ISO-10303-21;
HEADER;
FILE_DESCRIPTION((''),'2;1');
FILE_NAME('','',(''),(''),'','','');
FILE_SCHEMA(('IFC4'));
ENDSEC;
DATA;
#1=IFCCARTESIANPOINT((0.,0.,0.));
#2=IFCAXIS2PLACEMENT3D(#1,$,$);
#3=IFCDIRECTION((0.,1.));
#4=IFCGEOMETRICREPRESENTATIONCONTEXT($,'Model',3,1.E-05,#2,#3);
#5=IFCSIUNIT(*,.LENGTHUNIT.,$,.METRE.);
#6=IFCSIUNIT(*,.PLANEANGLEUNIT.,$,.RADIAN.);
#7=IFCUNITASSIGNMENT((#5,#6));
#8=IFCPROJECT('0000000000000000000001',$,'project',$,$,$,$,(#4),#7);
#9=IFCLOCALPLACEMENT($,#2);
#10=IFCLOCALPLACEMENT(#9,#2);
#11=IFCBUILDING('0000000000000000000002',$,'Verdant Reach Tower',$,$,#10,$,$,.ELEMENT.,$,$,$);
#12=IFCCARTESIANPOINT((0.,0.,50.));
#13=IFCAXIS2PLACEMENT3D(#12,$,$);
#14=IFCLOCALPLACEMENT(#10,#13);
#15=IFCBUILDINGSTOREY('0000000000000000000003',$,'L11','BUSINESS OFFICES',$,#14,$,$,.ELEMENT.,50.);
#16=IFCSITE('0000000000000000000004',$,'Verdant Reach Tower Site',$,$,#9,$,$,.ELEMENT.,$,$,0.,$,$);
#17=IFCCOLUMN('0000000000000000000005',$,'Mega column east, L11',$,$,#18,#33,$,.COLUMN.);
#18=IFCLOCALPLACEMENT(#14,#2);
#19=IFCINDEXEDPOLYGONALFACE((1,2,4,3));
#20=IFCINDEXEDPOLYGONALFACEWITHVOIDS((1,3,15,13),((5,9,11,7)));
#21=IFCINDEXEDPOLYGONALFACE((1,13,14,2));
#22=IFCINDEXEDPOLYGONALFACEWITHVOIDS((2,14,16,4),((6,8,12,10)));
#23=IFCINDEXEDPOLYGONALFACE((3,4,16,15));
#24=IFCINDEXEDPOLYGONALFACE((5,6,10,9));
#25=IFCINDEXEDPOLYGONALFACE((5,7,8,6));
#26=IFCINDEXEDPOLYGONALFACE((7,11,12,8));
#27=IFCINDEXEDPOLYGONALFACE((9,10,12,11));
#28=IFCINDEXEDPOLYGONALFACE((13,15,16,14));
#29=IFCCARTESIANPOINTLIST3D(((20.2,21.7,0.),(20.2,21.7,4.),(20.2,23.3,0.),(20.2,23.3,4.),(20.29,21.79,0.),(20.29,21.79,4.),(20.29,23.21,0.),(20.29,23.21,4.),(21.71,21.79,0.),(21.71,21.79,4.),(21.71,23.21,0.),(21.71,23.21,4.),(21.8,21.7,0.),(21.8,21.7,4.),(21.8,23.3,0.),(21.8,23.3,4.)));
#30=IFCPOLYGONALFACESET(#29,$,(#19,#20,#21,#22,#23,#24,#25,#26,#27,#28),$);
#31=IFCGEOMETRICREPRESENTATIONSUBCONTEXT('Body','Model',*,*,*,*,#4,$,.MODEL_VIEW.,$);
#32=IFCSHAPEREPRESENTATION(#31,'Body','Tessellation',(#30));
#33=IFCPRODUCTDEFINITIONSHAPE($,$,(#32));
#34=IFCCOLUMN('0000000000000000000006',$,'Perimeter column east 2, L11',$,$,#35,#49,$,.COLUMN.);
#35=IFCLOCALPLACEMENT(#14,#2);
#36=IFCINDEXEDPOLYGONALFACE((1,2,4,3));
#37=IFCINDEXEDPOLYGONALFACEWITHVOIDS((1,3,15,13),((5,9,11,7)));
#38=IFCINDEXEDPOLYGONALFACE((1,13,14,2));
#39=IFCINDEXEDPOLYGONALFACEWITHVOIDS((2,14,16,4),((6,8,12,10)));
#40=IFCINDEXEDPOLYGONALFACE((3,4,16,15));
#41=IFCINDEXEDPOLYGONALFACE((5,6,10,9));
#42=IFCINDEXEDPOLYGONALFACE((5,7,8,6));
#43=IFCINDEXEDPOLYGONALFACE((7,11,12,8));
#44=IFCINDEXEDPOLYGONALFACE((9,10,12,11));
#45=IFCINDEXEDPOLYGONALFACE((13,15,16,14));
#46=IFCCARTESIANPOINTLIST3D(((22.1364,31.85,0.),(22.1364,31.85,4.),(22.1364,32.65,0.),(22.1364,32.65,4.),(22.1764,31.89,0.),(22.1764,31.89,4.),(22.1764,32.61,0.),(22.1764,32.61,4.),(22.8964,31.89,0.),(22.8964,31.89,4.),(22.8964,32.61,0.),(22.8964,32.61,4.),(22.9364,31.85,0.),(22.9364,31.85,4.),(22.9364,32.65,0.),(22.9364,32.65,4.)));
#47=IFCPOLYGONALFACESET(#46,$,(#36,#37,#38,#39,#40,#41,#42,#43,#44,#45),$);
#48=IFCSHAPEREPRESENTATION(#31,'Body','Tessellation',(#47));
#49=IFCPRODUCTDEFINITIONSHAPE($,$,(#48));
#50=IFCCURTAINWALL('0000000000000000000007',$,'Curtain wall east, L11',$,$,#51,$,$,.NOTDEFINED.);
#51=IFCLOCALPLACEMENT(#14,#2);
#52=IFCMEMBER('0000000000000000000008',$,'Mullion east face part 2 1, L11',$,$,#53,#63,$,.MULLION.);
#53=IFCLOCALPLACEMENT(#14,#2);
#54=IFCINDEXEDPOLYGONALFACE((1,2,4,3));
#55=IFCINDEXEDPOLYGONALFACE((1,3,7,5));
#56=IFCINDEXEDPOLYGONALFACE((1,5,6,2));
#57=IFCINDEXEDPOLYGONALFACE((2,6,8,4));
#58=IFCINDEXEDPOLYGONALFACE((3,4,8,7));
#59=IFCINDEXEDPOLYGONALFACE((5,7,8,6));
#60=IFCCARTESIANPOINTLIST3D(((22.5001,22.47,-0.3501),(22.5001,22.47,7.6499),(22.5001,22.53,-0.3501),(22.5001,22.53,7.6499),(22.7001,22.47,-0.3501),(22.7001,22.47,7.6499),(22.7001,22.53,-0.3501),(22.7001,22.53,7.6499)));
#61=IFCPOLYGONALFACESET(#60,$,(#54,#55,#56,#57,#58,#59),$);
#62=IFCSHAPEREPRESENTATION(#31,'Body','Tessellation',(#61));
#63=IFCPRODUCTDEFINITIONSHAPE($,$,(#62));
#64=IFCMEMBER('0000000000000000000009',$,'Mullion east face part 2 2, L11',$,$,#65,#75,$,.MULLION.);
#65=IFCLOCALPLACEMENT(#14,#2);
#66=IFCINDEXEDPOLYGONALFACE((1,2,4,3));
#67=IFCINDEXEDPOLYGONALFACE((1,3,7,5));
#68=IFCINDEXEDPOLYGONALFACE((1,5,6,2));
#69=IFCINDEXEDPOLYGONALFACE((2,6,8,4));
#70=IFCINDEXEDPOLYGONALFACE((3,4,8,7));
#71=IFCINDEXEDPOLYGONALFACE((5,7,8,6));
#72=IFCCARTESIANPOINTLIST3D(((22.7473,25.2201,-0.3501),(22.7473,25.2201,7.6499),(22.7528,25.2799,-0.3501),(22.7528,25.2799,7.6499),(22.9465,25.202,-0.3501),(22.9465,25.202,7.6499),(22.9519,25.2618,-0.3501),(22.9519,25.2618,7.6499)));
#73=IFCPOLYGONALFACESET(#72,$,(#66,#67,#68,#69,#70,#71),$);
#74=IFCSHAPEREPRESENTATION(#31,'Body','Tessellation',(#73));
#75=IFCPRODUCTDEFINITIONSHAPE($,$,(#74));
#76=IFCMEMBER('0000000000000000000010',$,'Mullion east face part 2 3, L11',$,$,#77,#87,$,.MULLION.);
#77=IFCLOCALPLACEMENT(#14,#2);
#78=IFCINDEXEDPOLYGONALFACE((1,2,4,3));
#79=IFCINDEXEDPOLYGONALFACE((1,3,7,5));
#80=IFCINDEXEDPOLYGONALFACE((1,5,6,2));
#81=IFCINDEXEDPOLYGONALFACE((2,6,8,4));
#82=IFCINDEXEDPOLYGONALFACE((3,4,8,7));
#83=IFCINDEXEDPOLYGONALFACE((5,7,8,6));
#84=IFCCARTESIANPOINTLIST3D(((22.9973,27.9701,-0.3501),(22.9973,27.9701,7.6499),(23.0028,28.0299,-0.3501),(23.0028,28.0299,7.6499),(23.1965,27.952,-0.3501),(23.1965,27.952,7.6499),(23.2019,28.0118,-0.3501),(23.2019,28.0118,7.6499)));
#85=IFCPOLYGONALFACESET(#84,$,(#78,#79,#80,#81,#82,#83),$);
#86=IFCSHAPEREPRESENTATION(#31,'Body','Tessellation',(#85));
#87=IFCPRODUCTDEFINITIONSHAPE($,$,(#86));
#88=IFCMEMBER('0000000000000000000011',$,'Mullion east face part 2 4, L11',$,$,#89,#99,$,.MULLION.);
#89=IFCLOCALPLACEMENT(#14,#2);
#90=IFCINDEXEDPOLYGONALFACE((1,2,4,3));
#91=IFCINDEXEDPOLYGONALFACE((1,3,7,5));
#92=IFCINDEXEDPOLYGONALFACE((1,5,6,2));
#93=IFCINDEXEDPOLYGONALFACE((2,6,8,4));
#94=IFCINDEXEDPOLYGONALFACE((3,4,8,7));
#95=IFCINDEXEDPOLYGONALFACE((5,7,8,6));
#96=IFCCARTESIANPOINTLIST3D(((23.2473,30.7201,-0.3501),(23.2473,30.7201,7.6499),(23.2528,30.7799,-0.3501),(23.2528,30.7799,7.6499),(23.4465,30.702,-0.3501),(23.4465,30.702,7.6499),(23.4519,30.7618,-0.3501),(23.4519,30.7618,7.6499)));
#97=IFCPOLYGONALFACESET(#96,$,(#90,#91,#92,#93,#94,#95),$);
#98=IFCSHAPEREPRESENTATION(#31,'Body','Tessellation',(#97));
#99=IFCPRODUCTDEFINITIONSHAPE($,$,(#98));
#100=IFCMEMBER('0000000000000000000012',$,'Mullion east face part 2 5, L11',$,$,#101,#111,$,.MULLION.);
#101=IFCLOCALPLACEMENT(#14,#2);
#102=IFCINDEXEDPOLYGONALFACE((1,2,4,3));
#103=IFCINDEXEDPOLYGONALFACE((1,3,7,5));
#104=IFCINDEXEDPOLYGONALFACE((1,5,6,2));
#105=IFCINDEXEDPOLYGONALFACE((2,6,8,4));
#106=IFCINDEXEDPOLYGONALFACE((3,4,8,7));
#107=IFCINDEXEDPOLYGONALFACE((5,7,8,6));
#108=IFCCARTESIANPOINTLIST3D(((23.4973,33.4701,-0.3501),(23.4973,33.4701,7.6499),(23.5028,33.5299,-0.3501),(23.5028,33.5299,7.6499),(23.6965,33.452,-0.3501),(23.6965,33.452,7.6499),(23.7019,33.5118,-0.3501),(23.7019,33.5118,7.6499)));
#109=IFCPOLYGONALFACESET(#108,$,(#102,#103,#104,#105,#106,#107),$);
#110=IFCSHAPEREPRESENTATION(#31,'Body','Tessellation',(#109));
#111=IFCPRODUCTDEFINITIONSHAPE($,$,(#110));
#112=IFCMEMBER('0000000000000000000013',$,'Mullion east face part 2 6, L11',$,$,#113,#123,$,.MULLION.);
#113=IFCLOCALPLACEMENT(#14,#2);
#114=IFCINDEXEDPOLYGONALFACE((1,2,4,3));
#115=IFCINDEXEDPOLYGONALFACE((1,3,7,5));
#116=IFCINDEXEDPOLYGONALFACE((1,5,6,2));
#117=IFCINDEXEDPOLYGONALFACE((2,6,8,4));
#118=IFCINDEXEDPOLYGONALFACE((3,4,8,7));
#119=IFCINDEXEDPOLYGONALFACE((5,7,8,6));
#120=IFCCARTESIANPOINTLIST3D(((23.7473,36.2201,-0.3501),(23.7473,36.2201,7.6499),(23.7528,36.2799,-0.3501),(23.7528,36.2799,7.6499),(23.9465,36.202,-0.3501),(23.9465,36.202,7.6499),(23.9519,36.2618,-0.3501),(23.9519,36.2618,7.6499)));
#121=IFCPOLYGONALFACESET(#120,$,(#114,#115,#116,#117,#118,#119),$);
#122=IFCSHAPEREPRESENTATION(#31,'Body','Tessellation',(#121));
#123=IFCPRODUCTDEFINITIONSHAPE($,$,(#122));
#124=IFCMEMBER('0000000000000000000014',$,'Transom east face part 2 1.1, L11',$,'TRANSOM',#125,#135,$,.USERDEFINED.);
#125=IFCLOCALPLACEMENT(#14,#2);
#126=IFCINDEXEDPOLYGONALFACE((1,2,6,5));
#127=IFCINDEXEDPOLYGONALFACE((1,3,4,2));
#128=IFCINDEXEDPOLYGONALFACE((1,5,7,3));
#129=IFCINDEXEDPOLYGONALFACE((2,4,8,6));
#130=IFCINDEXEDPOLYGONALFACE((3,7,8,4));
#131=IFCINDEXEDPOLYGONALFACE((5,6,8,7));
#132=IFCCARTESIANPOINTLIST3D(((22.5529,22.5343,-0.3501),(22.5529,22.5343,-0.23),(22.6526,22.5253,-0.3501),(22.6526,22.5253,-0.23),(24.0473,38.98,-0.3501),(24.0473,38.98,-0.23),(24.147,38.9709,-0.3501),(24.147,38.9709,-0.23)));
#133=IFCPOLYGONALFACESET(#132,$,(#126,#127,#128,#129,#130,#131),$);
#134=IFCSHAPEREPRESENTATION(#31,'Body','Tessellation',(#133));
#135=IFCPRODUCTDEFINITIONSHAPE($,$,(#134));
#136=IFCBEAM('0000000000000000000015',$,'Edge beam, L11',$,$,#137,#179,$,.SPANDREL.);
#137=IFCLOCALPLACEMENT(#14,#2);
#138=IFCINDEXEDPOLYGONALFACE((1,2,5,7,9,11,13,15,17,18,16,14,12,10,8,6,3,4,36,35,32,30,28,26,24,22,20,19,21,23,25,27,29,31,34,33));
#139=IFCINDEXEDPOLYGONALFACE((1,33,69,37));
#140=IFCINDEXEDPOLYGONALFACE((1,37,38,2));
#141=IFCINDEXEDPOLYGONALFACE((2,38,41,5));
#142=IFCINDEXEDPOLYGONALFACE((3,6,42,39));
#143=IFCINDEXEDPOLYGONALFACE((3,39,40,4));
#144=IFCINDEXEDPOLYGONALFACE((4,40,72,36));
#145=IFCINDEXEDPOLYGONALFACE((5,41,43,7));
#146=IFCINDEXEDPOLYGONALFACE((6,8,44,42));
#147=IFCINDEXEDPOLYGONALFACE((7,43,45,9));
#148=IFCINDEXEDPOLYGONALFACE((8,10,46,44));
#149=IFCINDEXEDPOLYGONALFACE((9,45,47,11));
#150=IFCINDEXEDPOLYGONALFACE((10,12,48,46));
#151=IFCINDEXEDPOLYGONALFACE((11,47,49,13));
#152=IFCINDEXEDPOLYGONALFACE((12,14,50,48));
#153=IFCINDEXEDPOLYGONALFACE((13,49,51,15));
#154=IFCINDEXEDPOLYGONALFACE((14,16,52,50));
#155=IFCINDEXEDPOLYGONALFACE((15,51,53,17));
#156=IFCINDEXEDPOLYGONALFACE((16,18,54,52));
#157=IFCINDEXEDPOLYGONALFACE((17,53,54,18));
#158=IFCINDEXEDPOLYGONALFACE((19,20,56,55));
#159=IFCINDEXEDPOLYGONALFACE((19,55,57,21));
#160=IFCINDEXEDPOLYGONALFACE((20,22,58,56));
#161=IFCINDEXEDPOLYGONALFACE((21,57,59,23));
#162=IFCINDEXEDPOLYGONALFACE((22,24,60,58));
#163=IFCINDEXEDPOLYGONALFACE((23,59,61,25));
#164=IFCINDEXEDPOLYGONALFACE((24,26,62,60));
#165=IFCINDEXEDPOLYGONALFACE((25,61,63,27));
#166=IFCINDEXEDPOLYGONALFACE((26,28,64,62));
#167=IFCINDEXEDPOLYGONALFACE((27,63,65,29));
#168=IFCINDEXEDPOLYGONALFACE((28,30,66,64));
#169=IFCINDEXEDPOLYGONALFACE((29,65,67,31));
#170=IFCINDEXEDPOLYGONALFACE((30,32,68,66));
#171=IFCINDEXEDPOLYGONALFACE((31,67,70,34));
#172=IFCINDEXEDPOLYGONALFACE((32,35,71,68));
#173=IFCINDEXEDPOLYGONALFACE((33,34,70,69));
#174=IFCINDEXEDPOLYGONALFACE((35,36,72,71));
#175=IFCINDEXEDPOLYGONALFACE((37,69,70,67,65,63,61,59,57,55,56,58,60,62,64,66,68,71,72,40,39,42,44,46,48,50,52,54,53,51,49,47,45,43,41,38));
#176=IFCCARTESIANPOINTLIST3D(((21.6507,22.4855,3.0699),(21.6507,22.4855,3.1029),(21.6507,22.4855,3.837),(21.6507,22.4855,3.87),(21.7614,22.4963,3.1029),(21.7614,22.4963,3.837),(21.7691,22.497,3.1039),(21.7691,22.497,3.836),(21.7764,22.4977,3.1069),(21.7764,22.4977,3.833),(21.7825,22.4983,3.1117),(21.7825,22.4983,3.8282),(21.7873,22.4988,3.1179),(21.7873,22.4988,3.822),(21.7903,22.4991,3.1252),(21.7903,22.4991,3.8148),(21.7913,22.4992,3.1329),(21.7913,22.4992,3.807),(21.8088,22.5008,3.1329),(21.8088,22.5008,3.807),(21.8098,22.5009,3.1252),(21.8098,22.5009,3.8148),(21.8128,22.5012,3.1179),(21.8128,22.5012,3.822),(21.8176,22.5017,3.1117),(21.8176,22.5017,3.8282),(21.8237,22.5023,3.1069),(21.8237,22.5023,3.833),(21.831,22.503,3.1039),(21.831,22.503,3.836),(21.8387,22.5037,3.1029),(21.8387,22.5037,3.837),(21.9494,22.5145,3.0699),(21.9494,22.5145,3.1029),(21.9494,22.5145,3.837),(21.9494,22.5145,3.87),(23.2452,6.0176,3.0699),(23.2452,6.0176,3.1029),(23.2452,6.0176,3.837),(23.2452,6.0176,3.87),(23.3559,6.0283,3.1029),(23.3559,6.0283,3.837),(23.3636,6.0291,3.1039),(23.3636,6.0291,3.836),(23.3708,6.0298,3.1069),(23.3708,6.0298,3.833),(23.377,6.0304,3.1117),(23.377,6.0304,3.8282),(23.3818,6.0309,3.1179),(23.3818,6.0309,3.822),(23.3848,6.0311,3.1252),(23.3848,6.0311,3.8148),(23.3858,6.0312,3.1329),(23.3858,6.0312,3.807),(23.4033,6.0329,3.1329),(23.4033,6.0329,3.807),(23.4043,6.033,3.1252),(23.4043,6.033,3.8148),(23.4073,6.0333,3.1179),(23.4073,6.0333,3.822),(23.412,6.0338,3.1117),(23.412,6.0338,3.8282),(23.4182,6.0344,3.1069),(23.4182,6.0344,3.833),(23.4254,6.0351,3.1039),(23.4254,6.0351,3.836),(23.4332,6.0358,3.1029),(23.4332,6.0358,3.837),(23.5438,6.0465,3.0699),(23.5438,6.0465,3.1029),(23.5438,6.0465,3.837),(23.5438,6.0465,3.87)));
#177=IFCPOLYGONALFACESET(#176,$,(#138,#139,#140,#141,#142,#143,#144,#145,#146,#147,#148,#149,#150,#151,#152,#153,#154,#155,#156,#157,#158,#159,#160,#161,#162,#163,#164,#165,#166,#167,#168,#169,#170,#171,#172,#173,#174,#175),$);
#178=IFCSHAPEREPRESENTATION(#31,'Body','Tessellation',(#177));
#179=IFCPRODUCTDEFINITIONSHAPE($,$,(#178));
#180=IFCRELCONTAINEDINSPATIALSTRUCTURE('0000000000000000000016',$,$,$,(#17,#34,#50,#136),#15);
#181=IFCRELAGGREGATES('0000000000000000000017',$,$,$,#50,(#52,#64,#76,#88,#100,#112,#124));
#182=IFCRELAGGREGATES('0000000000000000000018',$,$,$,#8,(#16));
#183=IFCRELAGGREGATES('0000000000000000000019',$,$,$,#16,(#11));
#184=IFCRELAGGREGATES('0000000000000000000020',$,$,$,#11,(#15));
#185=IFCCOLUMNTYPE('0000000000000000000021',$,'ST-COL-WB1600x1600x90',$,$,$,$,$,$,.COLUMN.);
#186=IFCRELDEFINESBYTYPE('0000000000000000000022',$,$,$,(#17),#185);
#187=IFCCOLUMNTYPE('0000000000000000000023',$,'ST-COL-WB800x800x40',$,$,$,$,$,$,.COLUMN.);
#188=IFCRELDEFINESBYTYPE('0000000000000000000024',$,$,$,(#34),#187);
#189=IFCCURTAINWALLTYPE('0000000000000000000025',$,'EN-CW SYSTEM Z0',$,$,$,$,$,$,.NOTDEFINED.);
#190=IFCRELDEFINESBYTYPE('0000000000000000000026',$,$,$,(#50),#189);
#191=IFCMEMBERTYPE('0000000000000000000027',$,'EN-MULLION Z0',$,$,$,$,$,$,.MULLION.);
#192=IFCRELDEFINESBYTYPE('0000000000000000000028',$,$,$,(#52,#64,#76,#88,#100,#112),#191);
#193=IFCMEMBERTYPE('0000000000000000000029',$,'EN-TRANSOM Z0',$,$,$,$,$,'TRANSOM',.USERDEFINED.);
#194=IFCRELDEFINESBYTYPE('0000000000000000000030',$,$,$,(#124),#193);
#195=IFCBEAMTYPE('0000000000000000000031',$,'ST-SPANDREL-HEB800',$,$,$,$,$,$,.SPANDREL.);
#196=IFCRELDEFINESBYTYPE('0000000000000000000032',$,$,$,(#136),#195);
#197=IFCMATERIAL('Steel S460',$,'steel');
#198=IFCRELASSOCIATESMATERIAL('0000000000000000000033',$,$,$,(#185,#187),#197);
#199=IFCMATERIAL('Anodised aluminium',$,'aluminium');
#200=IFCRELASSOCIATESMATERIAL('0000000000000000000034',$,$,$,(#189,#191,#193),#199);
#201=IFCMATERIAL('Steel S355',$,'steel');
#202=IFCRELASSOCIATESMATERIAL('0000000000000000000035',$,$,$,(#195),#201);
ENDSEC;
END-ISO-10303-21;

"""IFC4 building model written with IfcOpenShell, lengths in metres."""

from ifc_helpers import new_model, si_unit, direction, frame, origin, origin_2d, place, context, subcontext, project, spatial, rectangle, hollow_rectangle, i_section, extrude, material, material_profile, profile_set, type_object, element, aggregate, save


model = new_model("IFC4")

# Units and contexts
model_context = context("Model", 3, precision=1e-05, world=origin(), true_north=direction((0.0, 1.0)))
body_context = subcontext(model_context, "Body", "Model", "MODEL_VIEW")
ifc_project = project(units=[si_unit("LENGTHUNIT", "METRE"), si_unit("PLANEANGLEUNIT", "RADIAN")], contexts=[model_context])

# Site, building, storey
site_placement = place(None, origin())
site = spatial("IfcSite", under=ifc_project, at=site_placement, Name="Verdant Reach Tower Site", CompositionType="ELEMENT", RefElevation=0.0)
building_placement = place(site_placement, origin())
building = spatial("IfcBuilding", under=site, at=building_placement, Name="Verdant Reach Tower", CompositionType="ELEMENT")
storey_placement = place(building_placement, frame((0.0, 0.0, 50.0)))
storey = spatial("IfcBuildingStorey", under=building, at=storey_placement, Name="L11", Description="BUSINESS OFFICES", CompositionType="ELEMENT", Elevation=50.0)

# Columns
ifc_material_1 = material(Name="Steel S460", Category="steel")
ifc_material_profile_1 = material_profile(ifc_material_1, hollow_rectangle(XDim=1.6001, YDim=1.6001, WallThickness=0.0901, at=origin_2d()), Name="WB 1600x1600x90")
ifc_profile_set_1 = profile_set([ifc_material_profile_1], Name="Steel S460")
column_type_1 = type_object("IfcColumnType", Name="ST-COL-WB1600x1600x90", PredefinedType="COLUMN", material=ifc_profile_set_1)
column_1_placement = place(storey_placement, frame((21.0, 22.5, 0.0), z_axis=(0.0, 0.0, 1.0), x_axis=(1.0, 0.0, 0.0)))
element("IfcColumn", 1, at=column_1_placement, inside=storey, type_object=column_type_1, Name="Mega column east, L11", PredefinedType="COLUMN", context=body_context, shape_type="SweptSolid", body=[
    extrude(hollow_rectangle(XDim=1.6001, YDim=1.6001, WallThickness=0.0901, at=origin_2d()), origin(), (0.0, 0.0, 1.0), 4.0),
])
ifc_material_profile_2 = material_profile(ifc_material_1, hollow_rectangle(XDim=0.8, YDim=0.8, WallThickness=0.04, at=origin_2d()), Name="WB 800x800x40")
ifc_profile_set_2 = profile_set([ifc_material_profile_2], Name="Steel S460")
column_type_2 = type_object("IfcColumnType", Name="ST-COL-WB800x800x40", PredefinedType="COLUMN", material=ifc_profile_set_2)
column_2_placement = place(storey_placement, frame((22.5364, 32.25, 0.0), z_axis=(0.0, 0.0, 1.0), x_axis=(1.0, 0.0, 0.0)))
element("IfcColumn", 2, at=column_2_placement, inside=storey, type_object=column_type_2, Name="Perimeter column east 2, L11", PredefinedType="COLUMN", context=body_context, shape_type="SweptSolid", body=[
    extrude(hollow_rectangle(XDim=0.8, YDim=0.8, WallThickness=0.04, at=origin_2d()), origin(), (0.0, 0.0, 1.0), 4.0),
])

# Curtain wall, members
ifc_material_2 = material(Name="Anodised aluminium", Category="aluminium")
curtain_wall_type = type_object("IfcCurtainWallType", Name="EN-CW SYSTEM Z0", PredefinedType="NOTDEFINED", material=ifc_material_2)
curtain_wall_placement = place(storey_placement, origin())
curtain_wall = element("IfcCurtainWall", 3, at=curtain_wall_placement, inside=storey, type_object=curtain_wall_type, Name="Curtain wall east, L11", PredefinedType="NOTDEFINED")
ifc_material_profile_3 = material_profile(ifc_material_2, rectangle(XDim=0.2, YDim=0.0601, at=origin_2d()), Name="Mullion 60x200")
ifc_profile_set_3 = profile_set([ifc_material_profile_3], Name="Anodised aluminium")
member_type_1 = type_object("IfcMemberType", Name="EN-MULLION Z0", PredefinedType="MULLION", material=ifc_profile_set_3)
member_1_placement = place(storey_placement, frame((22.6001, 22.5, -0.3501), z_axis=(0.0, 0.0, 1.0), x_axis=(1.0, 0.0, 0.0)))
member_1 = element("IfcMember", 4, at=member_1_placement, type_object=member_type_1, Name="Mullion east face part 2 1, L11", PredefinedType="MULLION", context=body_context, shape_type="SweptSolid", body=[
    extrude(rectangle(XDim=0.2, YDim=0.0601, at=origin_2d()), origin(), (0.0, 0.0, 1.0), 8.0),
])
member_2_placement = place(storey_placement, frame((22.8496, 25.241, -0.3501), z_axis=(0.0, 0.0, 1.0), x_axis=(0.995893, -0.090536, 0.0)))
member_2 = element("IfcMember", 5, at=member_2_placement, type_object=member_type_1, Name="Mullion east face part 2 2, L11", PredefinedType="MULLION", context=body_context, shape_type="SweptSolid", body=[
    extrude(rectangle(XDim=0.2, YDim=0.0601, at=origin_2d()), origin(), (0.0, 0.0, 1.0), 8.0),
])
member_3_placement = place(storey_placement, frame((23.0996, 27.991, -0.3501), z_axis=(0.0, 0.0, 1.0), x_axis=(0.995893, -0.090536, 0.0)))
member_3 = element("IfcMember", 6, at=member_3_placement, type_object=member_type_1, Name="Mullion east face part 2 3, L11", PredefinedType="MULLION", context=body_context, shape_type="SweptSolid", body=[
    extrude(rectangle(XDim=0.2, YDim=0.0601, at=origin_2d()), origin(), (0.0, 0.0, 1.0), 8.0),
])
member_4_placement = place(storey_placement, frame((23.3496, 30.741, -0.3501), z_axis=(0.0, 0.0, 1.0), x_axis=(0.995893, -0.090536, 0.0)))
member_4 = element("IfcMember", 7, at=member_4_placement, type_object=member_type_1, Name="Mullion east face part 2 4, L11", PredefinedType="MULLION", context=body_context, shape_type="SweptSolid", body=[
    extrude(rectangle(XDim=0.2, YDim=0.0601, at=origin_2d()), origin(), (0.0, 0.0, 1.0), 8.0),
])
member_5_placement = place(storey_placement, frame((23.5996, 33.491, -0.3501), z_axis=(0.0, 0.0, 1.0), x_axis=(0.995893, -0.090536, 0.0)))
member_5 = element("IfcMember", 8, at=member_5_placement, type_object=member_type_1, Name="Mullion east face part 2 5, L11", PredefinedType="MULLION", context=body_context, shape_type="SweptSolid", body=[
    extrude(rectangle(XDim=0.2, YDim=0.0601, at=origin_2d()), origin(), (0.0, 0.0, 1.0), 8.0),
])
member_6_placement = place(storey_placement, frame((23.8496, 36.241, -0.3501), z_axis=(0.0, 0.0, 1.0), x_axis=(0.995893, -0.090536, 0.0)))
member_6 = element("IfcMember", 9, at=member_6_placement, type_object=member_type_1, Name="Mullion east face part 2 6, L11", PredefinedType="MULLION", context=body_context, shape_type="SweptSolid", body=[
    extrude(rectangle(XDim=0.2, YDim=0.0601, at=origin_2d()), origin(), (0.0, 0.0, 1.0), 8.0),
])
ifc_material_profile_4 = material_profile(ifc_material_2, rectangle(XDim=0.1001, YDim=0.1201, at=origin_2d()), Name="Transom 120x100")
ifc_profile_set_4 = profile_set([ifc_material_profile_4], Name="Anodised aluminium")
member_type_2 = type_object("IfcMemberType", Name="EN-TRANSOM Z0", ElementType="TRANSOM", PredefinedType="USERDEFINED", material=ifc_profile_set_4)
member_7_placement = place(storey_placement, frame((22.6028, 22.5298, -0.29), z_axis=(0.090496, 0.995897, 0.0), x_axis=(-0.995897, 0.090496, 0.0)))
member_7 = element("IfcMember", 10, at=member_7_placement, type_object=member_type_2, Name="Transom east face part 2 1.1, L11", ObjectType="TRANSOM", PredefinedType="USERDEFINED", context=body_context, shape_type="SweptSolid", body=[
    extrude(rectangle(XDim=0.1001, YDim=0.1201, at=origin_2d()), origin(), (0.0, 0.0, 1.0), 16.5134),
])

# Beam
ifc_material_3 = material(Name="Steel S355", Category="steel")
ifc_material_profile_5 = material_profile(ifc_material_3, i_section(OverallWidth=0.3, OverallDepth=0.8, WebThickness=0.0176, FlangeThickness=0.033, FilletRadius=0.03, at=origin_2d()), Name="HEB 800")
ifc_profile_set_5 = profile_set([ifc_material_profile_5], Name="Steel S355")
beam_type = type_object("IfcBeamType", Name="ST-SPANDREL-HEB800", PredefinedType="SPANDREL", material=ifc_profile_set_5)
beam_placement = place(storey_placement, frame((21.8, 22.5, 3.47), z_axis=(0.096372, -0.995345, 0.0), x_axis=(0.995345, 0.096372, 0.0)))
element("IfcBeam", 11, at=beam_placement, inside=storey, type_object=beam_type, Name="Edge beam, L11", PredefinedType="SPANDREL", context=body_context, shape_type="SweptSolid", body=[
    extrude(i_section(OverallWidth=0.3, OverallDepth=0.8, WebThickness=0.0176, FlangeThickness=0.033, FilletRadius=0.03, at=origin_2d()), origin(), (0.0, 0.0, 1.0), 16.5449),
])

aggregate(curtain_wall, [member_1, member_2, member_3, member_4, member_5, member_6, member_7])

save(model, "model.ifc")
